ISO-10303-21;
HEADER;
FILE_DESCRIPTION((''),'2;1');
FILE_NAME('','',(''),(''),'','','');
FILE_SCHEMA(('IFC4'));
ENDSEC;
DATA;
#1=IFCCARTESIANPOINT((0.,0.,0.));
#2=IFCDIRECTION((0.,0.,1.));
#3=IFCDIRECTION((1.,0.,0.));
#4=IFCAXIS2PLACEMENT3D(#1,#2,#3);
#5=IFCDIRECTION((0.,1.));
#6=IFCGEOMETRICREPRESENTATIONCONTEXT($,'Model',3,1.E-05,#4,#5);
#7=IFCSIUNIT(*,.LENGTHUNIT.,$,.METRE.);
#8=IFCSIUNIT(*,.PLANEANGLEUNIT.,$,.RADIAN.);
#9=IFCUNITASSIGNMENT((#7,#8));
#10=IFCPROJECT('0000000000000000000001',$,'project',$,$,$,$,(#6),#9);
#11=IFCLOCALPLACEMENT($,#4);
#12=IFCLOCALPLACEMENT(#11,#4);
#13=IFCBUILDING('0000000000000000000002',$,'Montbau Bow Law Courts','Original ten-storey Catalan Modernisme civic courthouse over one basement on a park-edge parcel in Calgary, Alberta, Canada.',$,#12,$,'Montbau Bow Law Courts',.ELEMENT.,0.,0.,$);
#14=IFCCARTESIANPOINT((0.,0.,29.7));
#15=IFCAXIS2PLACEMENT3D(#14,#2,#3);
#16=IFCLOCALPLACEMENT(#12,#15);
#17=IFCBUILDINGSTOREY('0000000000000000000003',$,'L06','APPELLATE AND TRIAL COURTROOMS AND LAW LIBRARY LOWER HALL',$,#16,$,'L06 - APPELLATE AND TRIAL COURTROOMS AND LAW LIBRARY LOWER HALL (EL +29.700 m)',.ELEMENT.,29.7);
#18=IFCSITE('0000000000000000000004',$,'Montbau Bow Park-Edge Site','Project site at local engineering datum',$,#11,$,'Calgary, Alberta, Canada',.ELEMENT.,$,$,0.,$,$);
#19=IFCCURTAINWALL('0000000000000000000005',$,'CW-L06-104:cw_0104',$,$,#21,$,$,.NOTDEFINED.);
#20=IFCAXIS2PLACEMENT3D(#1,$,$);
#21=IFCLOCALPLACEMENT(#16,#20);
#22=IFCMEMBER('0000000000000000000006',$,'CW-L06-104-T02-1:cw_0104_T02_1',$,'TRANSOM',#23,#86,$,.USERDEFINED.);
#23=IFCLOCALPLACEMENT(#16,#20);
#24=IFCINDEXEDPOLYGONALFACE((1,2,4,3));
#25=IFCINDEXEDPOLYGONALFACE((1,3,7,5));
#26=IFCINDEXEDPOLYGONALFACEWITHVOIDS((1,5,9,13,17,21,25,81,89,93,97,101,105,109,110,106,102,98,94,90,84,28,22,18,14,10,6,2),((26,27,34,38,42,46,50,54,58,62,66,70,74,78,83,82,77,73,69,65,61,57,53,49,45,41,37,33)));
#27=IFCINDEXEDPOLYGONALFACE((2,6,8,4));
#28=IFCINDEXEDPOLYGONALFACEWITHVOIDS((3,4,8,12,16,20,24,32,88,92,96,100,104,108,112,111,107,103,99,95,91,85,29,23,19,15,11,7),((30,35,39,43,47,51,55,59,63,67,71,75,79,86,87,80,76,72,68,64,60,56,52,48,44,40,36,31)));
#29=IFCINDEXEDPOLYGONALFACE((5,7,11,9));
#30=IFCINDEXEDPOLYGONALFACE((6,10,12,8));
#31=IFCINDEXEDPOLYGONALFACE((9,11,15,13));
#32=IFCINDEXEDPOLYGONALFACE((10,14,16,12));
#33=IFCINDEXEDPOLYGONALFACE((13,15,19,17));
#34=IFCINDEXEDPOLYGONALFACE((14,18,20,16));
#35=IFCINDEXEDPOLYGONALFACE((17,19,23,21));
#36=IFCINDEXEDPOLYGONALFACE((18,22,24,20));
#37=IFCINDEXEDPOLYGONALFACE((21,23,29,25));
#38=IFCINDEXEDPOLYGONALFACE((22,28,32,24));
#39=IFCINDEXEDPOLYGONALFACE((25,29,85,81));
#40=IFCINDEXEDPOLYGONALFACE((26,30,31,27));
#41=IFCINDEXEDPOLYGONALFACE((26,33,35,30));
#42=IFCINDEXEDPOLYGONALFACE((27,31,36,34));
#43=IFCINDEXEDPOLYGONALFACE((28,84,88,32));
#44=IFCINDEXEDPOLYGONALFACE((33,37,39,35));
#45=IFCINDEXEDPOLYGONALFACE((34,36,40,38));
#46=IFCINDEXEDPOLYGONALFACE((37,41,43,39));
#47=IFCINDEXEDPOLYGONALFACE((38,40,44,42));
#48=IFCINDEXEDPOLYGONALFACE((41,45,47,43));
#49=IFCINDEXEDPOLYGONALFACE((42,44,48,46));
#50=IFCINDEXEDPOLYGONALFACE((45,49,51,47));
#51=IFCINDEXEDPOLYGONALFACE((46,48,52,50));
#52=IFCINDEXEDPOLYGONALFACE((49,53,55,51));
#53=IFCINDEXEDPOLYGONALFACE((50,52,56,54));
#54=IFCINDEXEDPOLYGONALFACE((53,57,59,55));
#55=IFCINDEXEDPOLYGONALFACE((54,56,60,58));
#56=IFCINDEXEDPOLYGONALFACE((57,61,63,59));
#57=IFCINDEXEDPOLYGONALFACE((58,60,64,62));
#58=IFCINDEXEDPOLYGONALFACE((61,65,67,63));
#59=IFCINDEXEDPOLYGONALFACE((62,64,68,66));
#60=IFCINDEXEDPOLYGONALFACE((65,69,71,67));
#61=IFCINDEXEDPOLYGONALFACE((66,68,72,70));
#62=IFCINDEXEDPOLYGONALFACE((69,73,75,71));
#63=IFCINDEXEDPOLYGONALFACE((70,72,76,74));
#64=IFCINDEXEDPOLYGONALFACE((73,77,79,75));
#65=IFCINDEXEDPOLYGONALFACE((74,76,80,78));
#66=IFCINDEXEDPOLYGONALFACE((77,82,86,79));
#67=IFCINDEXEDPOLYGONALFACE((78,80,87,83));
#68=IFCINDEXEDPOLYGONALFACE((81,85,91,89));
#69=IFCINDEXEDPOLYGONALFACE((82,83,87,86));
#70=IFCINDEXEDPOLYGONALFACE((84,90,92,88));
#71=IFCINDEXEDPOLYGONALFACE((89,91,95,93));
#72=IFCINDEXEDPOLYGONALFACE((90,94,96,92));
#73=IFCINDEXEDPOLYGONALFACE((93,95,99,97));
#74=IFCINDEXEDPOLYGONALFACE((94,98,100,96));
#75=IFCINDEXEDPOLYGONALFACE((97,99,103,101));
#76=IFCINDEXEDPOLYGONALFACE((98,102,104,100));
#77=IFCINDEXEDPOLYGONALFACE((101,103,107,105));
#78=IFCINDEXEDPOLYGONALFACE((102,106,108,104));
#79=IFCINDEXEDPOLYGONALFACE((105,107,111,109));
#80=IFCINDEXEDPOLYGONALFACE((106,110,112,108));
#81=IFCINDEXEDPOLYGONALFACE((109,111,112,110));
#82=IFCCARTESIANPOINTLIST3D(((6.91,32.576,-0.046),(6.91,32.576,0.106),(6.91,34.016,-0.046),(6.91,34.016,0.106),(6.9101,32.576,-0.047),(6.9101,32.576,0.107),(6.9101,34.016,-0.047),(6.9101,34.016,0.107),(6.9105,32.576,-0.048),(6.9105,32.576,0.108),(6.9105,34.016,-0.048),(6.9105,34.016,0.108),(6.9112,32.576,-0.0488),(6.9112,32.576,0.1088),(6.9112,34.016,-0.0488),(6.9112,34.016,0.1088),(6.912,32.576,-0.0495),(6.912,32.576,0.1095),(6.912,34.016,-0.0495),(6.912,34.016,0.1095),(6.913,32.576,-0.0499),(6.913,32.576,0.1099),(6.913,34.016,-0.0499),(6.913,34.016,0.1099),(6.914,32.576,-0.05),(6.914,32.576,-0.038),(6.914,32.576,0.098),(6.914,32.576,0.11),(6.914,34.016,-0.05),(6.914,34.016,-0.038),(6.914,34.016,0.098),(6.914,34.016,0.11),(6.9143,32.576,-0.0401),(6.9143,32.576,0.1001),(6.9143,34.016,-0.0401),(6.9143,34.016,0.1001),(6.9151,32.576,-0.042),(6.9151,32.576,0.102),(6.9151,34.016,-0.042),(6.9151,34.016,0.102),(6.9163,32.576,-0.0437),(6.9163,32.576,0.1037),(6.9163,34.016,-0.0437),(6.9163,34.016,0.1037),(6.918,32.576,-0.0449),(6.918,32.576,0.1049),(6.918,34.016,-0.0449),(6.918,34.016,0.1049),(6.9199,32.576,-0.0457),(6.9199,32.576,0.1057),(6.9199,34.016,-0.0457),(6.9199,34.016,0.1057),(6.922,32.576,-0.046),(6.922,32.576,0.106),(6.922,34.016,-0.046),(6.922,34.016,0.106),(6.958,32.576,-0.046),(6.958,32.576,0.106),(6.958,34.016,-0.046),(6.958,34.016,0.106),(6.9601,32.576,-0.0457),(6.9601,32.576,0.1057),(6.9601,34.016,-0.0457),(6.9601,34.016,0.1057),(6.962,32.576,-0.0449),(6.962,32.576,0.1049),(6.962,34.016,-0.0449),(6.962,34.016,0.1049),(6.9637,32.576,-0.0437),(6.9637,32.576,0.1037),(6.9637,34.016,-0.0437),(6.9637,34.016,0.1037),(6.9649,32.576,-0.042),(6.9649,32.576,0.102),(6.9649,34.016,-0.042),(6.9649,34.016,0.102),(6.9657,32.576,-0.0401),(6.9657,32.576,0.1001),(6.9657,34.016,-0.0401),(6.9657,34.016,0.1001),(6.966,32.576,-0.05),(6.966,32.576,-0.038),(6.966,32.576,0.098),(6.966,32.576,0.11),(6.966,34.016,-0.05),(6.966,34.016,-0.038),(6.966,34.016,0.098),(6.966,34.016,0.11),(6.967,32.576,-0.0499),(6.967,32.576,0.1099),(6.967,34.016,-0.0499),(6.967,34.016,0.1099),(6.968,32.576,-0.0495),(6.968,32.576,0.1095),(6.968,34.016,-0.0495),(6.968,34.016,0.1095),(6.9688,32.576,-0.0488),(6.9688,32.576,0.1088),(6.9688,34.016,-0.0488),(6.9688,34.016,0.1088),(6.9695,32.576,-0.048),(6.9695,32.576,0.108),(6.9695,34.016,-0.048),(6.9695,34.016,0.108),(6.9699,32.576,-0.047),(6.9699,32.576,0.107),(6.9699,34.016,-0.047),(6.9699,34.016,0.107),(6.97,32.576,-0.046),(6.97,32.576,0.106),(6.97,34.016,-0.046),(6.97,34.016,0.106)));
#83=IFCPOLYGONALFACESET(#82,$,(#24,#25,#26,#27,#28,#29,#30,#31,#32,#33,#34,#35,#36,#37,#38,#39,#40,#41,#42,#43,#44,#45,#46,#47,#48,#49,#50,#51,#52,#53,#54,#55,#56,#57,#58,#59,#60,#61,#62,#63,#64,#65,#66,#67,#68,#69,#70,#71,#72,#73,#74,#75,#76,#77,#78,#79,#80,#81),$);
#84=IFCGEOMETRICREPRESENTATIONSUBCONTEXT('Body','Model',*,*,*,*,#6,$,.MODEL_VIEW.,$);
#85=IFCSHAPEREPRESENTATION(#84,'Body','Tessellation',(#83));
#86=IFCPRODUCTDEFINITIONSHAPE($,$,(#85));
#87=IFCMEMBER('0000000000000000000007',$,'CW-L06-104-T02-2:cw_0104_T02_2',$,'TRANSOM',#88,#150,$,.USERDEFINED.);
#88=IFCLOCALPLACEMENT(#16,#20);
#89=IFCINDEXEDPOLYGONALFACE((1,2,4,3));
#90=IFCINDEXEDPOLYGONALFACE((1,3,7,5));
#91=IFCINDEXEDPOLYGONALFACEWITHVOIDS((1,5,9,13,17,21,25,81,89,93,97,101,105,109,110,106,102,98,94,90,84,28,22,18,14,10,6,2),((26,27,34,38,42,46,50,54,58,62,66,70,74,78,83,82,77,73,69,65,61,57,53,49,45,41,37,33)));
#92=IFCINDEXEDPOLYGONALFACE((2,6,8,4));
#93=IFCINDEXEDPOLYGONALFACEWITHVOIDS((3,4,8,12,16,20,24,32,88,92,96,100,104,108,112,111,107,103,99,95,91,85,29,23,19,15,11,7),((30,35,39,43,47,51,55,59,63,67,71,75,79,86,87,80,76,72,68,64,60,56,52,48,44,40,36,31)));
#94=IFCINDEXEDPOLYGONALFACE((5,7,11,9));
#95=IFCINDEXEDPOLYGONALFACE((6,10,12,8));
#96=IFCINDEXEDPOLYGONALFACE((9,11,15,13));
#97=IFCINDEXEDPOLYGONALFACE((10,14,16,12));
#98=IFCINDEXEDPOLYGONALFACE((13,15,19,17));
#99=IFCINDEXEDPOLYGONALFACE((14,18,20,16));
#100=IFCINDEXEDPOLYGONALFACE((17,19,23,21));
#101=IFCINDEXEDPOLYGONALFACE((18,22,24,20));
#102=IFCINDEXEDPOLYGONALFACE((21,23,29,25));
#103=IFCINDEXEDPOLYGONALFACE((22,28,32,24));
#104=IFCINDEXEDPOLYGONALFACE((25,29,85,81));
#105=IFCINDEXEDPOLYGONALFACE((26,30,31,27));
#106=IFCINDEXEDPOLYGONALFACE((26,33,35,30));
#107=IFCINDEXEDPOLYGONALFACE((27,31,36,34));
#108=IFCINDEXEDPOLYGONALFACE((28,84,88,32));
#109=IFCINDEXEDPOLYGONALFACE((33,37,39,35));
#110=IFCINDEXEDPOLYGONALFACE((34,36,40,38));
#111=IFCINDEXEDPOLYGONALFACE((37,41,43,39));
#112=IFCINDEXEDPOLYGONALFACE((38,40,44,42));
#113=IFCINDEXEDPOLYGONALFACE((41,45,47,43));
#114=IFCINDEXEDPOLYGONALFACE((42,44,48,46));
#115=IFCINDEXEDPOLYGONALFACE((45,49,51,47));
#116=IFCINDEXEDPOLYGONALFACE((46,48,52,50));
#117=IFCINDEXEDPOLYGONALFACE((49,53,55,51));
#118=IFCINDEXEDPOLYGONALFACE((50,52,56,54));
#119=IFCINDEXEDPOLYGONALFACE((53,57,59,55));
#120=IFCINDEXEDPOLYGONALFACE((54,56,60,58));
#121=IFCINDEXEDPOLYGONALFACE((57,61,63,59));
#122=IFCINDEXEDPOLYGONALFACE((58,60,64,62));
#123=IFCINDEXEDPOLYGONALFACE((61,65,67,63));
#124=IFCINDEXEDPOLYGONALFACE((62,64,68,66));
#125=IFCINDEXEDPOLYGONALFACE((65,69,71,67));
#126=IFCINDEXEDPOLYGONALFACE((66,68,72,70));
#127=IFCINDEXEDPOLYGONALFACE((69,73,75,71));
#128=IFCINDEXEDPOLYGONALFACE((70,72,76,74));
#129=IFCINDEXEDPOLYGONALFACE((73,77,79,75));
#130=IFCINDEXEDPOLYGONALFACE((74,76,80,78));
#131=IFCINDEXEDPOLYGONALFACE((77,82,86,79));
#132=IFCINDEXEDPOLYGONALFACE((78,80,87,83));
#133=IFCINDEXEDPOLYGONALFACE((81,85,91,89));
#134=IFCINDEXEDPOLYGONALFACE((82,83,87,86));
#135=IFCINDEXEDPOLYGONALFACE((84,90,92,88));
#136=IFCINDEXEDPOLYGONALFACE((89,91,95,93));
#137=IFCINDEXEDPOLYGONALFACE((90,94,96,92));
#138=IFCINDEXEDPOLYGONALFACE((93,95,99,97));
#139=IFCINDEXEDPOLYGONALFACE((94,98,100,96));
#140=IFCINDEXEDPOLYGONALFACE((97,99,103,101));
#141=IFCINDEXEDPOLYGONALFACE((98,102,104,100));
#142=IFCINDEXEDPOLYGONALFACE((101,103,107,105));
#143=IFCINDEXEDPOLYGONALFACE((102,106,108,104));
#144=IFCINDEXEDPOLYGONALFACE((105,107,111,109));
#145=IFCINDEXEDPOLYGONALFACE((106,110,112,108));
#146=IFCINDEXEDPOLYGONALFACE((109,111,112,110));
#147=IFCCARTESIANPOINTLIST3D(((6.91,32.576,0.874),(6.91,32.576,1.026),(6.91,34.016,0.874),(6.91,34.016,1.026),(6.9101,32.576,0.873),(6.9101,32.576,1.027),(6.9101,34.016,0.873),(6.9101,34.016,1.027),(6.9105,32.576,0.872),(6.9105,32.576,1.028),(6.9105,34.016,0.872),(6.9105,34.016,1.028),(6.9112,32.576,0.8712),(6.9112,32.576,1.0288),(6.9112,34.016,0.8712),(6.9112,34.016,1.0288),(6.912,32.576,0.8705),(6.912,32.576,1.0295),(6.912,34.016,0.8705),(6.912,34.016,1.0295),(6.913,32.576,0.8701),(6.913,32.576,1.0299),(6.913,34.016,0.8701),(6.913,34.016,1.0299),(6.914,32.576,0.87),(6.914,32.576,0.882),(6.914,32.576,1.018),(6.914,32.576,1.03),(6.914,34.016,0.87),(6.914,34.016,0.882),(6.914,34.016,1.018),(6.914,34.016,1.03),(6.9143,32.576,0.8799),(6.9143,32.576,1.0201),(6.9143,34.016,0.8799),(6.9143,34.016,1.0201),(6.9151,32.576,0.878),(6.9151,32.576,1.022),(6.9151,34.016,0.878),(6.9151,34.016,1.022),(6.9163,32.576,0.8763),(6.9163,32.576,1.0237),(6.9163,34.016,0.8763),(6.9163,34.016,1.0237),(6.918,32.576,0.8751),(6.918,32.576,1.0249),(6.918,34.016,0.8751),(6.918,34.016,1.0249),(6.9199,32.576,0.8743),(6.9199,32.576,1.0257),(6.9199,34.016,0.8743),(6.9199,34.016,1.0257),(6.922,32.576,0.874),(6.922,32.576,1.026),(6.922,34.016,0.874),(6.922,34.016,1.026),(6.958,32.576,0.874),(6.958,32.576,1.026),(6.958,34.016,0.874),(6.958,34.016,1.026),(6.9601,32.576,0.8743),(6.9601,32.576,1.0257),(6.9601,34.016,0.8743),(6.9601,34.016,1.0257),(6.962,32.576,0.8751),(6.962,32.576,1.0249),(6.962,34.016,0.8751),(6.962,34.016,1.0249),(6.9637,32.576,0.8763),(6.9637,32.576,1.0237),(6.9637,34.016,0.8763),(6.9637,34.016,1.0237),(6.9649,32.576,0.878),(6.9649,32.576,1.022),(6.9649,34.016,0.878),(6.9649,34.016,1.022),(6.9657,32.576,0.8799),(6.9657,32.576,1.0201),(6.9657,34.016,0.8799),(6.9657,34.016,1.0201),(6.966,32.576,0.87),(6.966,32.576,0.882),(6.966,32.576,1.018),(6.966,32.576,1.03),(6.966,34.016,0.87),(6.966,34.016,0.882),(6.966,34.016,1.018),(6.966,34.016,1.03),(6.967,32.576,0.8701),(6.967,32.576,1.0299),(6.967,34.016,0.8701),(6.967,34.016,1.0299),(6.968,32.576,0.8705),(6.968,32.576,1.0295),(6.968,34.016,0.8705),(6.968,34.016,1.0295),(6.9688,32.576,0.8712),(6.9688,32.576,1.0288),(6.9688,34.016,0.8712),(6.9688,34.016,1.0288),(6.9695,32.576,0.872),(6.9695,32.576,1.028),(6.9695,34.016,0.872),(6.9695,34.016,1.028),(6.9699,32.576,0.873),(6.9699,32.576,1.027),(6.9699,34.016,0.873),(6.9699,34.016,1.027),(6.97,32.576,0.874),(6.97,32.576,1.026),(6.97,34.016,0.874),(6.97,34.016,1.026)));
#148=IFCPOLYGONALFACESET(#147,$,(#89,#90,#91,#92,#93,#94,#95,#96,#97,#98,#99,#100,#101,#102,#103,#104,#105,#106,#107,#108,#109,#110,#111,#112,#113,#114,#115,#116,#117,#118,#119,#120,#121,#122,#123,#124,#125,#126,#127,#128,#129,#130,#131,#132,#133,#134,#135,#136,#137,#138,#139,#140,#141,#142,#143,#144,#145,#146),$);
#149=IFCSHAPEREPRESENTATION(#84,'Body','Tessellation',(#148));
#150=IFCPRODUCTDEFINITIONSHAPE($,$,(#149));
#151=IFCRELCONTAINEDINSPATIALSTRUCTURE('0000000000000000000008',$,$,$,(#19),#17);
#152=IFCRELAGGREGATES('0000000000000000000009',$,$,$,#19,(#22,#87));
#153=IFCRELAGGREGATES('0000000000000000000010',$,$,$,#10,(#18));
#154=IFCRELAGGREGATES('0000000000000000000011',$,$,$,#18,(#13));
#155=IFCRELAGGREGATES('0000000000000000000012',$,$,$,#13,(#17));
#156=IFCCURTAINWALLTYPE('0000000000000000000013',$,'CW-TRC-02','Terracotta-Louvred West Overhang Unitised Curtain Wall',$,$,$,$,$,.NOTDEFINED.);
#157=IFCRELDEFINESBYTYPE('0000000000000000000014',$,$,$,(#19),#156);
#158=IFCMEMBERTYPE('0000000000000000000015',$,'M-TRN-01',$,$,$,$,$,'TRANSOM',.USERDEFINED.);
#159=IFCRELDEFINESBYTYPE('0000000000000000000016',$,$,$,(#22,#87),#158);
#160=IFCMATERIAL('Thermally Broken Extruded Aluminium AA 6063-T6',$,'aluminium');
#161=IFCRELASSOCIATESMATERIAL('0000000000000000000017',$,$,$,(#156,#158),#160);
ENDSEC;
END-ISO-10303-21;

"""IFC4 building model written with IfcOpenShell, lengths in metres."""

from ifc_helpers import new_model, si_unit, direction, frame, origin_with_axes, origin_2d_with_axis, place, context, subcontext, project, spatial, hollow_rectangle, extrude, material, material_profile, profile_set, type_object, element, aggregate, save


model = new_model("IFC4")

# Units and contexts
model_context = context("Model", 3, precision=1e-05, world=origin_with_axes(), true_north=direction((0.0, 1.0)))
body_context = subcontext(model_context, "Body", "Model", "MODEL_VIEW")
ifc_project = project(units=[si_unit("LENGTHUNIT", "METRE"), si_unit("PLANEANGLEUNIT", "RADIAN")], contexts=[model_context])

# Site, building, storey
site_placement = place(None, origin_with_axes())
site = spatial("IfcSite", under=ifc_project, at=site_placement, Name="Montbau Bow Park-Edge Site", Description="Project site at local engineering datum", LongName="Calgary, Alberta, Canada", CompositionType="ELEMENT", RefElevation=0.0)
building_placement = place(site_placement, origin_with_axes())
building = spatial("IfcBuilding", under=site, at=building_placement, Name="Montbau Bow Law Courts", Description="Original ten-storey Catalan Modernisme civic courthouse over one basement on a park-edge parcel in Calgary, Alberta, Canada.", LongName="Montbau Bow Law Courts", CompositionType="ELEMENT", ElevationOfRefHeight=0.0, ElevationOfTerrain=0.0)
storey_placement = place(building_placement, frame((0.0, 0.0, 29.7), z_axis=(0.0, 0.0, 1.0), x_axis=(1.0, 0.0, 0.0)))
storey = spatial("IfcBuildingStorey", under=building, at=storey_placement, Name="L06", Description="APPELLATE AND TRIAL COURTROOMS AND LAW LIBRARY LOWER HALL", LongName="L06 - APPELLATE AND TRIAL COURTROOMS AND LAW LIBRARY LOWER HALL (EL +29.700 m)", CompositionType="ELEMENT", Elevation=29.7)

# Curtain wall, members
ifc_material_1 = material(Name="Thermally Broken Extruded Aluminium AA 6063-T6", Category="aluminium")
curtain_wall_type = type_object("IfcCurtainWallType", Name="CW-TRC-02", Description="Terracotta-Louvred West Overhang Unitised Curtain Wall", PredefinedType="NOTDEFINED", material=ifc_material_1)
curtain_wall_placement = place(None, frame((6.94, 31.04, 29.7), z_axis=(0.0, 0.0, 1.0), x_axis=(1.0, 0.0, 0.0)))
curtain_wall = element("IfcCurtainWall", 1, at=curtain_wall_placement, inside=storey, type_object=curtain_wall_type, Name="CW-L06-104:cw_0104", PredefinedType="NOTDEFINED")
ifc_material_profile_1 = material_profile(ifc_material_1, hollow_rectangle(XDim=0.06, YDim=0.16, WallThickness=0.004, InnerFilletRadius=0.008, OuterFilletRadius=0.004, at=origin_2d_with_axis()), Name="CWT-160X60", Category="Main", Priority=0)
ifc_profile_set_1 = profile_set([ifc_material_profile_1], Name="Thermally Broken Extruded Aluminium AA 6063-T6")
member_type_1 = type_object("IfcMemberType", Name="M-TRN-01", ElementType="TRANSOM", PredefinedType="USERDEFINED", material=ifc_profile_set_1)
member_1_placement = place(None, frame((6.94, 32.576, 29.73), z_axis=(0.0, 1.0, 0.0), x_axis=(-1.0, 0.0, 0.0)))
member_1 = element("IfcMember", 2, at=member_1_placement, type_object=member_type_1, Name="CW-L06-104-T02-1:cw_0104_T02_1", ObjectType="TRANSOM", PredefinedType="USERDEFINED", context=body_context, shape_type="SweptSolid", body=[
    extrude(hollow_rectangle(XDim=0.06, YDim=0.16, WallThickness=0.004, InnerFilletRadius=0.008, OuterFilletRadius=0.004, at=origin_2d_with_axis()), origin_with_axes(), (0.0, 0.0, 1.0), 1.44),
])
member_2_placement = place(None, frame((6.94, 32.576, 30.65), z_axis=(0.0, 1.0, 0.0), x_axis=(-1.0, 0.0, 0.0)))
member_2 = element("IfcMember", 3, at=member_2_placement, type_object=member_type_1, Name="CW-L06-104-T02-2:cw_0104_T02_2", ObjectType="TRANSOM", PredefinedType="USERDEFINED", context=body_context, shape_type="SweptSolid", body=[
    extrude(hollow_rectangle(XDim=0.06, YDim=0.16, WallThickness=0.004, InnerFilletRadius=0.008, OuterFilletRadius=0.004, at=origin_2d_with_axis()), origin_with_axes(), (0.0, 0.0, 1.0), 1.44),
])
aggregate(curtain_wall, [member_1, member_2])

save(model, "model.ifc")
